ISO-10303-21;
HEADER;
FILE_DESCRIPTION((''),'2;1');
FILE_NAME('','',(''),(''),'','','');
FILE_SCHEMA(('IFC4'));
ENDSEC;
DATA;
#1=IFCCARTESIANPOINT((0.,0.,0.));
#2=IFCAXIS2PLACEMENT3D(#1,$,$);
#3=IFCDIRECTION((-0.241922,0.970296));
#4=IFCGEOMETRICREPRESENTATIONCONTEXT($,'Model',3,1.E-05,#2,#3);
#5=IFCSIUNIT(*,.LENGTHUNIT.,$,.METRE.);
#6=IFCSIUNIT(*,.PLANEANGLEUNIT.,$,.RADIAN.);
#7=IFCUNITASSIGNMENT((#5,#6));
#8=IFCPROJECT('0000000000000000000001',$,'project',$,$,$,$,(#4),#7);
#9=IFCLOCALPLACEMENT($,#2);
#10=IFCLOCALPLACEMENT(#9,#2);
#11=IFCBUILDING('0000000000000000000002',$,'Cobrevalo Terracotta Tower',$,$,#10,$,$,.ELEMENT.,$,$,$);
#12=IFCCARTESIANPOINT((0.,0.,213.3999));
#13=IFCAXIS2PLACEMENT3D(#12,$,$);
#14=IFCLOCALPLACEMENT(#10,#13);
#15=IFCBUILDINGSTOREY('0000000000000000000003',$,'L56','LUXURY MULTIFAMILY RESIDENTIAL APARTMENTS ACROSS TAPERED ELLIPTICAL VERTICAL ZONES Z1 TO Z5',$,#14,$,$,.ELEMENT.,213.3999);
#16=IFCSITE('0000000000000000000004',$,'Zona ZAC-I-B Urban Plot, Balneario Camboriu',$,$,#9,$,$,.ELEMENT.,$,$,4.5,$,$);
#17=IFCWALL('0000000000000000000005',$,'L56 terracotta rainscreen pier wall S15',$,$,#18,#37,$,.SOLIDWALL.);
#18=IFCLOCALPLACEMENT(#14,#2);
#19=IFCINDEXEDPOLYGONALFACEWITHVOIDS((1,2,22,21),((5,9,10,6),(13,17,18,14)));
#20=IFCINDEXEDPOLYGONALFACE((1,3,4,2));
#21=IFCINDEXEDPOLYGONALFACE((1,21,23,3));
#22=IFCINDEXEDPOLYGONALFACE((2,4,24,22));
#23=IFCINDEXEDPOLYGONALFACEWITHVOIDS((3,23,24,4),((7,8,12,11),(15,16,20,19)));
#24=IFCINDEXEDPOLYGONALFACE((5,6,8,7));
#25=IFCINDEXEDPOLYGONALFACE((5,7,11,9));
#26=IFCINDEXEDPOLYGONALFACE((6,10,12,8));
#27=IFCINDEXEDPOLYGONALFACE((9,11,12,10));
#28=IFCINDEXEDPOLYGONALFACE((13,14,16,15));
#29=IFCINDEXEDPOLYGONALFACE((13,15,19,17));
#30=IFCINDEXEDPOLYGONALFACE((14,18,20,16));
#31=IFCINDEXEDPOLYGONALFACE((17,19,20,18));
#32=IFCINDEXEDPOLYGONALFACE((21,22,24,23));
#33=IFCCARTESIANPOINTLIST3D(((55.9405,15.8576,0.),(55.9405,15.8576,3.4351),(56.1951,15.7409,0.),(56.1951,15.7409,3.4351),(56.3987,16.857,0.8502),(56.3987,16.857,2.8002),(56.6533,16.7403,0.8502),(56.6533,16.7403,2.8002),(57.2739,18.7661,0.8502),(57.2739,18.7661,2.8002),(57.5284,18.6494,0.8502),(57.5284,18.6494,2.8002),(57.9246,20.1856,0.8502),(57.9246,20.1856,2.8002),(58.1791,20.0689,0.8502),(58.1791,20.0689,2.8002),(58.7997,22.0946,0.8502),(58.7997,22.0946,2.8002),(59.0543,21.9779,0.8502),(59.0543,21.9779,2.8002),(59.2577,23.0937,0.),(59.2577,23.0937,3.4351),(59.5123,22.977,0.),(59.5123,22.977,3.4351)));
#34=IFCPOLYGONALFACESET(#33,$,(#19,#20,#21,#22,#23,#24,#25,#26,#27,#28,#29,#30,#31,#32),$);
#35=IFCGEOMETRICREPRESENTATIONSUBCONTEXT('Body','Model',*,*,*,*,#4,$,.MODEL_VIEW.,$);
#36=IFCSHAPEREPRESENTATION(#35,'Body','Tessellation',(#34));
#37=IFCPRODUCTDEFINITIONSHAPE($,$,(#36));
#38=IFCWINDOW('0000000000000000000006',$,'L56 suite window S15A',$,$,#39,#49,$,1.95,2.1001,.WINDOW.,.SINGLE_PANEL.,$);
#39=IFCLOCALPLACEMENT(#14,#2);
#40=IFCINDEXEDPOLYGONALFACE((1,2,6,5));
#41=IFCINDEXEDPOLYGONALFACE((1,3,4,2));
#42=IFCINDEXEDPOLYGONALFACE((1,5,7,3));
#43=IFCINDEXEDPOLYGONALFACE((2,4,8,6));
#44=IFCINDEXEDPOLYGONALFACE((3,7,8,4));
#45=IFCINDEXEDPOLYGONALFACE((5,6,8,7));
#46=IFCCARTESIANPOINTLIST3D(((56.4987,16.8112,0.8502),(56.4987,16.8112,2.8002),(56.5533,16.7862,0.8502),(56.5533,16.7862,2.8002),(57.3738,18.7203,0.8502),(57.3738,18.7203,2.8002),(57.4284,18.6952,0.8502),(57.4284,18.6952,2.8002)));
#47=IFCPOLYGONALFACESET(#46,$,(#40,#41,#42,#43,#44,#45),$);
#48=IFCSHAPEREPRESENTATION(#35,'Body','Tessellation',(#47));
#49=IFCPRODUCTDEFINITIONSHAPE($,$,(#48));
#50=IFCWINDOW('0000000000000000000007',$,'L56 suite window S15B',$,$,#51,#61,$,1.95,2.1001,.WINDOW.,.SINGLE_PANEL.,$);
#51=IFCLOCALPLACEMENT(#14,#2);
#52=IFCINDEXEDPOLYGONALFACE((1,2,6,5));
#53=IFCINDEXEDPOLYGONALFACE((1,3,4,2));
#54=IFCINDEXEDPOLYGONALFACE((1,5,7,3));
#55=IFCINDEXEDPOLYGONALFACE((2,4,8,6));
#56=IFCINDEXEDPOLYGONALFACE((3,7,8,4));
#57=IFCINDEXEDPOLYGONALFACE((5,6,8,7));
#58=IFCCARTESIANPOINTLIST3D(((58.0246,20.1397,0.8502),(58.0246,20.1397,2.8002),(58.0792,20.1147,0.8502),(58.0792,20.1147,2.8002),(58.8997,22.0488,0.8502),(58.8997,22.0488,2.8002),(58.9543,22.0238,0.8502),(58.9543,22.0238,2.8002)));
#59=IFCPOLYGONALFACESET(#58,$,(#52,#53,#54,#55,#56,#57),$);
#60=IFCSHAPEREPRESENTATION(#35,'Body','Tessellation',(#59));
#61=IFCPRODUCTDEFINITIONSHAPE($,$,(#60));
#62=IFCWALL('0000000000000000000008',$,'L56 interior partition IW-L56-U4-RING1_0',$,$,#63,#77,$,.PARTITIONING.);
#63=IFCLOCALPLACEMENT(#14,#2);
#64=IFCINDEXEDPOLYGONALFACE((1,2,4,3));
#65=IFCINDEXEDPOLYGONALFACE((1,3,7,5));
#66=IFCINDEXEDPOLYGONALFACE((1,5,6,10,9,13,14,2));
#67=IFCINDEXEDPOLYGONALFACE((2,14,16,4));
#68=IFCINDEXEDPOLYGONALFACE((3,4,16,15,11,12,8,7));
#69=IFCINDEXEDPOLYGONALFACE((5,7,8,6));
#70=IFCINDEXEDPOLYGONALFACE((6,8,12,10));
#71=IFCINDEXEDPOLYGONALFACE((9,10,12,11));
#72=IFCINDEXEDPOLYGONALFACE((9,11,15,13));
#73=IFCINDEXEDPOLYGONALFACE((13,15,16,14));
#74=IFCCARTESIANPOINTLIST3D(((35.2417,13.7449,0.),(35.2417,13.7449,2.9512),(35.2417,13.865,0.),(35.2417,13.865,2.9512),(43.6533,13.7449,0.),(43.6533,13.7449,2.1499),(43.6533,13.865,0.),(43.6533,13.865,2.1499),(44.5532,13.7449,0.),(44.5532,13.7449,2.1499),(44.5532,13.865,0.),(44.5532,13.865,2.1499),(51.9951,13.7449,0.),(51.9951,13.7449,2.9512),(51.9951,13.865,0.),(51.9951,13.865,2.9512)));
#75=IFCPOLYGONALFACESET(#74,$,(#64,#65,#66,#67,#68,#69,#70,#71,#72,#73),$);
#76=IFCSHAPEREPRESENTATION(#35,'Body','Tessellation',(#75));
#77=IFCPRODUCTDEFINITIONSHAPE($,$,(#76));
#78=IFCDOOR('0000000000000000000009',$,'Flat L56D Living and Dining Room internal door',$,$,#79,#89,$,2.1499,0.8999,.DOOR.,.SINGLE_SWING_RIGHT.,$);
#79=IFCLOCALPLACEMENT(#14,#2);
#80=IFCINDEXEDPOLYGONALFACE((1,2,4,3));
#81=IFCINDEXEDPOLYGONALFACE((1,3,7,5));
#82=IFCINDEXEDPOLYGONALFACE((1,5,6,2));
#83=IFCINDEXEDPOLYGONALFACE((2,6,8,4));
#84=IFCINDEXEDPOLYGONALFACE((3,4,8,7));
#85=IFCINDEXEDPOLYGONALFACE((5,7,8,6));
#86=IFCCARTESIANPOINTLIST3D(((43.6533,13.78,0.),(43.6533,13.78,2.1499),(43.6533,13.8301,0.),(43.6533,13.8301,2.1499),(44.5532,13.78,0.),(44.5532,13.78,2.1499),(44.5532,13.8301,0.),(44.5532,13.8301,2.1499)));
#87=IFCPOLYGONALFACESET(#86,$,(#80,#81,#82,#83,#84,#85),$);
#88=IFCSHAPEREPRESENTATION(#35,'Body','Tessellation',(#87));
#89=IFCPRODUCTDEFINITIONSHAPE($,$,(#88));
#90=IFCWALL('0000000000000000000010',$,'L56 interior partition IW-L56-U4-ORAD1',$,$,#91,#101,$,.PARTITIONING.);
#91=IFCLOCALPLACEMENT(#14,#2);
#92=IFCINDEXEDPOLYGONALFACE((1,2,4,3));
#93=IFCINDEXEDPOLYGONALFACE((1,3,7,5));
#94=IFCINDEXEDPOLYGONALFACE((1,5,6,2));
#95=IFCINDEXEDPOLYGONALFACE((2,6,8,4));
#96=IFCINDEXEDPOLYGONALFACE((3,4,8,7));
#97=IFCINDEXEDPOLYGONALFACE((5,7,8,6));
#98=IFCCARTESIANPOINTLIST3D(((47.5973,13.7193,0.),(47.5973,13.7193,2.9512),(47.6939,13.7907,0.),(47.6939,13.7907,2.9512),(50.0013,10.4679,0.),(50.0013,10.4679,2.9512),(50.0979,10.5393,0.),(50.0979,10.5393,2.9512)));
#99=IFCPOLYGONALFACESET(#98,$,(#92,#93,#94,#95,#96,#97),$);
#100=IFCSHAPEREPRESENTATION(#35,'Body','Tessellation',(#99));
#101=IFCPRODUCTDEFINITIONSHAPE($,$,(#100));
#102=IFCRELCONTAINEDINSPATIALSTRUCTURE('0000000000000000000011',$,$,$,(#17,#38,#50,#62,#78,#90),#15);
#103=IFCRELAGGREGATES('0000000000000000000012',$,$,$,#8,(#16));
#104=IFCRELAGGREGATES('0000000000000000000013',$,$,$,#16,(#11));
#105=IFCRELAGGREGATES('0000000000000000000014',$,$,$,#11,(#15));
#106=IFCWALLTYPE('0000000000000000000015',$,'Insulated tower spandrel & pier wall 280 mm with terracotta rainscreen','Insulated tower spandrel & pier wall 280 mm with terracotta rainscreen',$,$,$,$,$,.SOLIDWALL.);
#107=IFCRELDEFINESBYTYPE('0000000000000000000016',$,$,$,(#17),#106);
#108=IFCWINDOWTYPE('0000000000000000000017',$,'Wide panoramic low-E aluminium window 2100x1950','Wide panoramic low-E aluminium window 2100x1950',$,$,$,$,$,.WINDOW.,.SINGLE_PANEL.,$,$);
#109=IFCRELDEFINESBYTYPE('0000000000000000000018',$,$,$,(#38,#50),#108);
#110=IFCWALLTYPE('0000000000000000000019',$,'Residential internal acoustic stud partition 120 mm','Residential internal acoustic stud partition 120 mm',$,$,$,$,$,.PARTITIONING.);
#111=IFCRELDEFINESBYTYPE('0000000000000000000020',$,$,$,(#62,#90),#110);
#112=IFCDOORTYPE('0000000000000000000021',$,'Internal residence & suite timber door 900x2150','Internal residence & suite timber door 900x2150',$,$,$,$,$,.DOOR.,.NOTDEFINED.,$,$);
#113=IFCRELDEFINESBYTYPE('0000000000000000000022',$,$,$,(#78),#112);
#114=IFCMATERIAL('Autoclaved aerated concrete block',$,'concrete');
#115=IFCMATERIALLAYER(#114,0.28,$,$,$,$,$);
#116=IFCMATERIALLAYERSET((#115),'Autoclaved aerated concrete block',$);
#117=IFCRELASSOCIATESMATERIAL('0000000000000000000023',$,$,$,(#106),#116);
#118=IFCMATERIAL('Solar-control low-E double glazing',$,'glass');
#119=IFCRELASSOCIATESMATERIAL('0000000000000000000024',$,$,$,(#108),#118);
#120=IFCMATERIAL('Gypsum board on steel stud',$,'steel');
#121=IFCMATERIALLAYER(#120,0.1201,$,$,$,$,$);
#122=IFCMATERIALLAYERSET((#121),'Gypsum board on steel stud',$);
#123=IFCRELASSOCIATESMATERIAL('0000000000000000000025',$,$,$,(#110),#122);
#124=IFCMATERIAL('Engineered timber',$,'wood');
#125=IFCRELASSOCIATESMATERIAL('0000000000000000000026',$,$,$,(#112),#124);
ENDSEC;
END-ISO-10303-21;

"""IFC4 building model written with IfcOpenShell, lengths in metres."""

from ifc_helpers import new_model, si_unit, direction, frame, frame_2d, origin, place, context, subcontext, project, spatial, rectangle, extrude, source, transform, mapped, material, layer, layer_set, type_object, element, fill, save


model = new_model("IFC4")

# Units and contexts
model_context = context("Model", 3, precision=1e-05, world=origin(), true_north=direction((-0.241922, 0.970296)))
body_context = subcontext(model_context, "Body", "Model", "MODEL_VIEW")
ifc_project = project(units=[si_unit("LENGTHUNIT", "METRE"), si_unit("PLANEANGLEUNIT", "RADIAN")], contexts=[model_context])

# Site, building, storey
site_placement = place(None, origin())
site = spatial("IfcSite", under=ifc_project, at=site_placement, Name="Zona ZAC-I-B Urban Plot, Balneario Camboriu", CompositionType="ELEMENT", RefElevation=4.5)
building_placement = place(site_placement, origin())
building = spatial("IfcBuilding", under=site, at=building_placement, Name="Cobrevalo Terracotta Tower", CompositionType="ELEMENT")
storey_placement = place(building_placement, frame((0.0, 0.0, 213.3999)))
storey = spatial("IfcBuildingStorey", under=building, at=storey_placement, Name="L56", Description="LUXURY MULTIFAMILY RESIDENTIAL APARTMENTS ACROSS TAPERED ELLIPTICAL VERTICAL ZONES Z1 TO Z5", CompositionType="ELEMENT", Elevation=213.3999)

# Shared definitions
ifc_material_1 = material(Name="Solar-control low-E double glazing", Category="glass")

# Wall, openings, windows
ifc_material_2 = material(Name="Autoclaved aerated concrete block", Category="concrete")
ifc_layer_1 = layer(ifc_material_2, 0.28)
ifc_layer_set_1 = layer_set([ifc_layer_1], Name="Autoclaved aerated concrete block")
wall_type_1 = type_object("IfcWallType", Name="Insulated tower spandrel & pier wall 280 mm with terracotta rainscreen", Description="Insulated tower spandrel & pier wall 280 mm with terracotta rainscreen", PredefinedType="SOLIDWALL", material=ifc_layer_set_1)
wall_1_placement = place(storey_placement, frame((56.0679, 15.7993, 0.0), z_axis=(0.0, 0.0, 1.0), x_axis=(0.416717, 0.909036, 0.0)))
wall_1 = element("IfcWall", 1, at=wall_1_placement, inside=storey, type_object=wall_type_1, Name="L56 terracotta rainscreen pier wall S15", PredefinedType="SOLIDWALL", context=body_context, shape_type="SweptSolid", body=[
    extrude(rectangle(XDim=7.9602, YDim=0.28, at=frame_2d((3.98, 0.0))), origin(), (0.0, 0.0, 1.0), 3.4351),
])
opening_1_placement = place(wall_1_placement, frame((1.0994, 0.0, 0.8501)))
opening_1 = element("IfcOpeningElement", 2, at=opening_1_placement, cuts=wall_1, PredefinedType="OPENING", context=body_context, shape_type="SweptSolid", body=[
    extrude(rectangle(XDim=2.1001, YDim=1.95, at=frame_2d((1.05, 0.9751))), frame((0.0, 0.1499, 0.0), z_axis=(0.0, -1.0, 0.0), x_axis=(1.0, 0.0, 0.0)), (0.0, 0.0, 1.0), 0.3),
])
opening_2_placement = place(wall_1_placement, frame((4.761, 0.0, 0.8501)))
opening_2 = element("IfcOpeningElement", 3, at=opening_2_placement, cuts=wall_1, PredefinedType="OPENING", context=body_context, shape_type="SweptSolid", body=[
    extrude(rectangle(XDim=2.1001, YDim=1.95, at=frame_2d((1.05, 0.9751))), frame((0.0, 0.1499, 0.0), z_axis=(0.0, -1.0, 0.0), x_axis=(1.0, 0.0, 0.0)), (0.0, 0.0, 1.0), 0.3),
])
window_type = type_object("IfcWindowType", Name="Wide panoramic low-E aluminium window 2100x1950", Description="Wide panoramic low-E aluminium window 2100x1950", PartitioningType="SINGLE_PANEL", PredefinedType="WINDOW", material=ifc_material_1)
shared_shape_1 = source(origin(), body_context, "Body", "SweptSolid", [
    extrude(rectangle(XDim=2.1001, YDim=1.95, at=frame_2d((1.05, 0.9751))), frame((0.0, 0.03, 0.0), z_axis=(0.0, -1.0, 0.0), x_axis=(1.0, 0.0, 0.0)), (0.0, 0.0, 1.0), 0.0601),
])
window_1_placement = place(opening_1_placement, origin())
window_1 = element("IfcWindow", 4, at=window_1_placement, inside=storey, type_object=window_type, Name="L56 suite window S15A", OverallHeight=1.95, OverallWidth=2.1001, PartitioningType="SINGLE_PANEL", PredefinedType="WINDOW", context=body_context, shape_type="MappedRepresentation", body=[
    mapped(shared_shape_1, transform((0.0, 0.0, 0.0), scale=1.0)),
])
fill(opening_1, window_1)
window_2_placement = place(opening_2_placement, origin())
window_2 = element("IfcWindow", 5, at=window_2_placement, inside=storey, type_object=window_type, Name="L56 suite window S15B", OverallHeight=1.95, OverallWidth=2.1001, PartitioningType="SINGLE_PANEL", PredefinedType="WINDOW", context=body_context, shape_type="MappedRepresentation", body=[
    mapped(shared_shape_1, transform((0.0, 0.0, 0.0), scale=1.0)),
])
fill(opening_2, window_2)

# Wall, opening, door
ifc_material_3 = material(Name="Gypsum board on steel stud", Category="steel")
ifc_layer_2 = layer(ifc_material_3, 0.1201)
ifc_layer_set_2 = layer_set([ifc_layer_2], Name="Gypsum board on steel stud")
wall_type_2 = type_object("IfcWallType", Name="Residential internal acoustic stud partition 120 mm", Description="Residential internal acoustic stud partition 120 mm", PredefinedType="PARTITIONING", material=ifc_layer_set_2)
wall_2_placement = place(storey_placement, frame((51.9951, 13.8049, 0.0), z_axis=(0.0, 0.0, 1.0), x_axis=(-1.0, 0.0, 0.0)))
wall_2 = element("IfcWall", 6, at=wall_2_placement, inside=storey, type_object=wall_type_2, Name="L56 interior partition IW-L56-U4-RING1_0", PredefinedType="PARTITIONING", context=body_context, shape_type="SweptSolid", body=[
    extrude(rectangle(XDim=16.7534, YDim=0.1201, at=frame_2d((8.3767, 0.0))), origin(), (0.0, 0.0, 1.0), 2.9512),
])
opening_3_placement = place(wall_2_placement, frame((7.4419, 0.0, 0.0)))
opening_3 = element("IfcOpeningElement", 7, at=opening_3_placement, cuts=wall_2, PredefinedType="OPENING", context=body_context, shape_type="SweptSolid", body=[
    extrude(rectangle(XDim=0.8999, YDim=2.1499, at=frame_2d((0.45, 1.075))), frame((0.0, 0.0701, 0.0), z_axis=(0.0, -1.0, 0.0), x_axis=(1.0, 0.0, 0.0)), (0.0, 0.0, 1.0), 0.1401),
])
ifc_material_4 = material(Name="Engineered timber", Category="wood")
door_type = type_object("IfcDoorType", Name="Internal residence & suite timber door 900x2150", Description="Internal residence & suite timber door 900x2150", OperationType="NOTDEFINED", PredefinedType="DOOR", material=ifc_material_4)
shared_shape_2 = source(origin(), body_context, "Body", "SweptSolid", [
    extrude(rectangle(XDim=0.8999, YDim=2.1499, at=frame_2d((0.45, 1.075))), frame((0.0, 0.0249, 0.0), z_axis=(0.0, -1.0, 0.0), x_axis=(1.0, 0.0, 0.0)), (0.0, 0.0, 1.0), 0.05),
])
door_1_placement = place(opening_3_placement, origin())
door_1 = element("IfcDoor", 8, at=door_1_placement, inside=storey, type_object=door_type, Name="Flat L56D Living and Dining Room internal door", OperationType="SINGLE_SWING_RIGHT", OverallHeight=2.1499, OverallWidth=0.8999, PredefinedType="DOOR", context=body_context, shape_type="MappedRepresentation", body=[
    mapped(shared_shape_2, transform((0.0, 0.0, 0.0), scale=1.0)),
])
fill(opening_3, door_1)

# Wall
wall_3_placement = place(storey_placement, frame((47.6455, 13.7551, 0.0), z_axis=(0.0, 0.0, 1.0), x_axis=(0.594518, -0.804082, 0.0)))
element("IfcWall", 9, at=wall_3_placement, inside=storey, type_object=wall_type_2, Name="L56 interior partition IW-L56-U4-ORAD1", PredefinedType="PARTITIONING", context=body_context, shape_type="SweptSolid", body=[
    extrude(rectangle(XDim=4.0437, YDim=0.1201, at=frame_2d((2.022, 0.0))), origin(), (0.0, 0.0, 1.0), 2.9512),
])

save(model, "model.ifc")
